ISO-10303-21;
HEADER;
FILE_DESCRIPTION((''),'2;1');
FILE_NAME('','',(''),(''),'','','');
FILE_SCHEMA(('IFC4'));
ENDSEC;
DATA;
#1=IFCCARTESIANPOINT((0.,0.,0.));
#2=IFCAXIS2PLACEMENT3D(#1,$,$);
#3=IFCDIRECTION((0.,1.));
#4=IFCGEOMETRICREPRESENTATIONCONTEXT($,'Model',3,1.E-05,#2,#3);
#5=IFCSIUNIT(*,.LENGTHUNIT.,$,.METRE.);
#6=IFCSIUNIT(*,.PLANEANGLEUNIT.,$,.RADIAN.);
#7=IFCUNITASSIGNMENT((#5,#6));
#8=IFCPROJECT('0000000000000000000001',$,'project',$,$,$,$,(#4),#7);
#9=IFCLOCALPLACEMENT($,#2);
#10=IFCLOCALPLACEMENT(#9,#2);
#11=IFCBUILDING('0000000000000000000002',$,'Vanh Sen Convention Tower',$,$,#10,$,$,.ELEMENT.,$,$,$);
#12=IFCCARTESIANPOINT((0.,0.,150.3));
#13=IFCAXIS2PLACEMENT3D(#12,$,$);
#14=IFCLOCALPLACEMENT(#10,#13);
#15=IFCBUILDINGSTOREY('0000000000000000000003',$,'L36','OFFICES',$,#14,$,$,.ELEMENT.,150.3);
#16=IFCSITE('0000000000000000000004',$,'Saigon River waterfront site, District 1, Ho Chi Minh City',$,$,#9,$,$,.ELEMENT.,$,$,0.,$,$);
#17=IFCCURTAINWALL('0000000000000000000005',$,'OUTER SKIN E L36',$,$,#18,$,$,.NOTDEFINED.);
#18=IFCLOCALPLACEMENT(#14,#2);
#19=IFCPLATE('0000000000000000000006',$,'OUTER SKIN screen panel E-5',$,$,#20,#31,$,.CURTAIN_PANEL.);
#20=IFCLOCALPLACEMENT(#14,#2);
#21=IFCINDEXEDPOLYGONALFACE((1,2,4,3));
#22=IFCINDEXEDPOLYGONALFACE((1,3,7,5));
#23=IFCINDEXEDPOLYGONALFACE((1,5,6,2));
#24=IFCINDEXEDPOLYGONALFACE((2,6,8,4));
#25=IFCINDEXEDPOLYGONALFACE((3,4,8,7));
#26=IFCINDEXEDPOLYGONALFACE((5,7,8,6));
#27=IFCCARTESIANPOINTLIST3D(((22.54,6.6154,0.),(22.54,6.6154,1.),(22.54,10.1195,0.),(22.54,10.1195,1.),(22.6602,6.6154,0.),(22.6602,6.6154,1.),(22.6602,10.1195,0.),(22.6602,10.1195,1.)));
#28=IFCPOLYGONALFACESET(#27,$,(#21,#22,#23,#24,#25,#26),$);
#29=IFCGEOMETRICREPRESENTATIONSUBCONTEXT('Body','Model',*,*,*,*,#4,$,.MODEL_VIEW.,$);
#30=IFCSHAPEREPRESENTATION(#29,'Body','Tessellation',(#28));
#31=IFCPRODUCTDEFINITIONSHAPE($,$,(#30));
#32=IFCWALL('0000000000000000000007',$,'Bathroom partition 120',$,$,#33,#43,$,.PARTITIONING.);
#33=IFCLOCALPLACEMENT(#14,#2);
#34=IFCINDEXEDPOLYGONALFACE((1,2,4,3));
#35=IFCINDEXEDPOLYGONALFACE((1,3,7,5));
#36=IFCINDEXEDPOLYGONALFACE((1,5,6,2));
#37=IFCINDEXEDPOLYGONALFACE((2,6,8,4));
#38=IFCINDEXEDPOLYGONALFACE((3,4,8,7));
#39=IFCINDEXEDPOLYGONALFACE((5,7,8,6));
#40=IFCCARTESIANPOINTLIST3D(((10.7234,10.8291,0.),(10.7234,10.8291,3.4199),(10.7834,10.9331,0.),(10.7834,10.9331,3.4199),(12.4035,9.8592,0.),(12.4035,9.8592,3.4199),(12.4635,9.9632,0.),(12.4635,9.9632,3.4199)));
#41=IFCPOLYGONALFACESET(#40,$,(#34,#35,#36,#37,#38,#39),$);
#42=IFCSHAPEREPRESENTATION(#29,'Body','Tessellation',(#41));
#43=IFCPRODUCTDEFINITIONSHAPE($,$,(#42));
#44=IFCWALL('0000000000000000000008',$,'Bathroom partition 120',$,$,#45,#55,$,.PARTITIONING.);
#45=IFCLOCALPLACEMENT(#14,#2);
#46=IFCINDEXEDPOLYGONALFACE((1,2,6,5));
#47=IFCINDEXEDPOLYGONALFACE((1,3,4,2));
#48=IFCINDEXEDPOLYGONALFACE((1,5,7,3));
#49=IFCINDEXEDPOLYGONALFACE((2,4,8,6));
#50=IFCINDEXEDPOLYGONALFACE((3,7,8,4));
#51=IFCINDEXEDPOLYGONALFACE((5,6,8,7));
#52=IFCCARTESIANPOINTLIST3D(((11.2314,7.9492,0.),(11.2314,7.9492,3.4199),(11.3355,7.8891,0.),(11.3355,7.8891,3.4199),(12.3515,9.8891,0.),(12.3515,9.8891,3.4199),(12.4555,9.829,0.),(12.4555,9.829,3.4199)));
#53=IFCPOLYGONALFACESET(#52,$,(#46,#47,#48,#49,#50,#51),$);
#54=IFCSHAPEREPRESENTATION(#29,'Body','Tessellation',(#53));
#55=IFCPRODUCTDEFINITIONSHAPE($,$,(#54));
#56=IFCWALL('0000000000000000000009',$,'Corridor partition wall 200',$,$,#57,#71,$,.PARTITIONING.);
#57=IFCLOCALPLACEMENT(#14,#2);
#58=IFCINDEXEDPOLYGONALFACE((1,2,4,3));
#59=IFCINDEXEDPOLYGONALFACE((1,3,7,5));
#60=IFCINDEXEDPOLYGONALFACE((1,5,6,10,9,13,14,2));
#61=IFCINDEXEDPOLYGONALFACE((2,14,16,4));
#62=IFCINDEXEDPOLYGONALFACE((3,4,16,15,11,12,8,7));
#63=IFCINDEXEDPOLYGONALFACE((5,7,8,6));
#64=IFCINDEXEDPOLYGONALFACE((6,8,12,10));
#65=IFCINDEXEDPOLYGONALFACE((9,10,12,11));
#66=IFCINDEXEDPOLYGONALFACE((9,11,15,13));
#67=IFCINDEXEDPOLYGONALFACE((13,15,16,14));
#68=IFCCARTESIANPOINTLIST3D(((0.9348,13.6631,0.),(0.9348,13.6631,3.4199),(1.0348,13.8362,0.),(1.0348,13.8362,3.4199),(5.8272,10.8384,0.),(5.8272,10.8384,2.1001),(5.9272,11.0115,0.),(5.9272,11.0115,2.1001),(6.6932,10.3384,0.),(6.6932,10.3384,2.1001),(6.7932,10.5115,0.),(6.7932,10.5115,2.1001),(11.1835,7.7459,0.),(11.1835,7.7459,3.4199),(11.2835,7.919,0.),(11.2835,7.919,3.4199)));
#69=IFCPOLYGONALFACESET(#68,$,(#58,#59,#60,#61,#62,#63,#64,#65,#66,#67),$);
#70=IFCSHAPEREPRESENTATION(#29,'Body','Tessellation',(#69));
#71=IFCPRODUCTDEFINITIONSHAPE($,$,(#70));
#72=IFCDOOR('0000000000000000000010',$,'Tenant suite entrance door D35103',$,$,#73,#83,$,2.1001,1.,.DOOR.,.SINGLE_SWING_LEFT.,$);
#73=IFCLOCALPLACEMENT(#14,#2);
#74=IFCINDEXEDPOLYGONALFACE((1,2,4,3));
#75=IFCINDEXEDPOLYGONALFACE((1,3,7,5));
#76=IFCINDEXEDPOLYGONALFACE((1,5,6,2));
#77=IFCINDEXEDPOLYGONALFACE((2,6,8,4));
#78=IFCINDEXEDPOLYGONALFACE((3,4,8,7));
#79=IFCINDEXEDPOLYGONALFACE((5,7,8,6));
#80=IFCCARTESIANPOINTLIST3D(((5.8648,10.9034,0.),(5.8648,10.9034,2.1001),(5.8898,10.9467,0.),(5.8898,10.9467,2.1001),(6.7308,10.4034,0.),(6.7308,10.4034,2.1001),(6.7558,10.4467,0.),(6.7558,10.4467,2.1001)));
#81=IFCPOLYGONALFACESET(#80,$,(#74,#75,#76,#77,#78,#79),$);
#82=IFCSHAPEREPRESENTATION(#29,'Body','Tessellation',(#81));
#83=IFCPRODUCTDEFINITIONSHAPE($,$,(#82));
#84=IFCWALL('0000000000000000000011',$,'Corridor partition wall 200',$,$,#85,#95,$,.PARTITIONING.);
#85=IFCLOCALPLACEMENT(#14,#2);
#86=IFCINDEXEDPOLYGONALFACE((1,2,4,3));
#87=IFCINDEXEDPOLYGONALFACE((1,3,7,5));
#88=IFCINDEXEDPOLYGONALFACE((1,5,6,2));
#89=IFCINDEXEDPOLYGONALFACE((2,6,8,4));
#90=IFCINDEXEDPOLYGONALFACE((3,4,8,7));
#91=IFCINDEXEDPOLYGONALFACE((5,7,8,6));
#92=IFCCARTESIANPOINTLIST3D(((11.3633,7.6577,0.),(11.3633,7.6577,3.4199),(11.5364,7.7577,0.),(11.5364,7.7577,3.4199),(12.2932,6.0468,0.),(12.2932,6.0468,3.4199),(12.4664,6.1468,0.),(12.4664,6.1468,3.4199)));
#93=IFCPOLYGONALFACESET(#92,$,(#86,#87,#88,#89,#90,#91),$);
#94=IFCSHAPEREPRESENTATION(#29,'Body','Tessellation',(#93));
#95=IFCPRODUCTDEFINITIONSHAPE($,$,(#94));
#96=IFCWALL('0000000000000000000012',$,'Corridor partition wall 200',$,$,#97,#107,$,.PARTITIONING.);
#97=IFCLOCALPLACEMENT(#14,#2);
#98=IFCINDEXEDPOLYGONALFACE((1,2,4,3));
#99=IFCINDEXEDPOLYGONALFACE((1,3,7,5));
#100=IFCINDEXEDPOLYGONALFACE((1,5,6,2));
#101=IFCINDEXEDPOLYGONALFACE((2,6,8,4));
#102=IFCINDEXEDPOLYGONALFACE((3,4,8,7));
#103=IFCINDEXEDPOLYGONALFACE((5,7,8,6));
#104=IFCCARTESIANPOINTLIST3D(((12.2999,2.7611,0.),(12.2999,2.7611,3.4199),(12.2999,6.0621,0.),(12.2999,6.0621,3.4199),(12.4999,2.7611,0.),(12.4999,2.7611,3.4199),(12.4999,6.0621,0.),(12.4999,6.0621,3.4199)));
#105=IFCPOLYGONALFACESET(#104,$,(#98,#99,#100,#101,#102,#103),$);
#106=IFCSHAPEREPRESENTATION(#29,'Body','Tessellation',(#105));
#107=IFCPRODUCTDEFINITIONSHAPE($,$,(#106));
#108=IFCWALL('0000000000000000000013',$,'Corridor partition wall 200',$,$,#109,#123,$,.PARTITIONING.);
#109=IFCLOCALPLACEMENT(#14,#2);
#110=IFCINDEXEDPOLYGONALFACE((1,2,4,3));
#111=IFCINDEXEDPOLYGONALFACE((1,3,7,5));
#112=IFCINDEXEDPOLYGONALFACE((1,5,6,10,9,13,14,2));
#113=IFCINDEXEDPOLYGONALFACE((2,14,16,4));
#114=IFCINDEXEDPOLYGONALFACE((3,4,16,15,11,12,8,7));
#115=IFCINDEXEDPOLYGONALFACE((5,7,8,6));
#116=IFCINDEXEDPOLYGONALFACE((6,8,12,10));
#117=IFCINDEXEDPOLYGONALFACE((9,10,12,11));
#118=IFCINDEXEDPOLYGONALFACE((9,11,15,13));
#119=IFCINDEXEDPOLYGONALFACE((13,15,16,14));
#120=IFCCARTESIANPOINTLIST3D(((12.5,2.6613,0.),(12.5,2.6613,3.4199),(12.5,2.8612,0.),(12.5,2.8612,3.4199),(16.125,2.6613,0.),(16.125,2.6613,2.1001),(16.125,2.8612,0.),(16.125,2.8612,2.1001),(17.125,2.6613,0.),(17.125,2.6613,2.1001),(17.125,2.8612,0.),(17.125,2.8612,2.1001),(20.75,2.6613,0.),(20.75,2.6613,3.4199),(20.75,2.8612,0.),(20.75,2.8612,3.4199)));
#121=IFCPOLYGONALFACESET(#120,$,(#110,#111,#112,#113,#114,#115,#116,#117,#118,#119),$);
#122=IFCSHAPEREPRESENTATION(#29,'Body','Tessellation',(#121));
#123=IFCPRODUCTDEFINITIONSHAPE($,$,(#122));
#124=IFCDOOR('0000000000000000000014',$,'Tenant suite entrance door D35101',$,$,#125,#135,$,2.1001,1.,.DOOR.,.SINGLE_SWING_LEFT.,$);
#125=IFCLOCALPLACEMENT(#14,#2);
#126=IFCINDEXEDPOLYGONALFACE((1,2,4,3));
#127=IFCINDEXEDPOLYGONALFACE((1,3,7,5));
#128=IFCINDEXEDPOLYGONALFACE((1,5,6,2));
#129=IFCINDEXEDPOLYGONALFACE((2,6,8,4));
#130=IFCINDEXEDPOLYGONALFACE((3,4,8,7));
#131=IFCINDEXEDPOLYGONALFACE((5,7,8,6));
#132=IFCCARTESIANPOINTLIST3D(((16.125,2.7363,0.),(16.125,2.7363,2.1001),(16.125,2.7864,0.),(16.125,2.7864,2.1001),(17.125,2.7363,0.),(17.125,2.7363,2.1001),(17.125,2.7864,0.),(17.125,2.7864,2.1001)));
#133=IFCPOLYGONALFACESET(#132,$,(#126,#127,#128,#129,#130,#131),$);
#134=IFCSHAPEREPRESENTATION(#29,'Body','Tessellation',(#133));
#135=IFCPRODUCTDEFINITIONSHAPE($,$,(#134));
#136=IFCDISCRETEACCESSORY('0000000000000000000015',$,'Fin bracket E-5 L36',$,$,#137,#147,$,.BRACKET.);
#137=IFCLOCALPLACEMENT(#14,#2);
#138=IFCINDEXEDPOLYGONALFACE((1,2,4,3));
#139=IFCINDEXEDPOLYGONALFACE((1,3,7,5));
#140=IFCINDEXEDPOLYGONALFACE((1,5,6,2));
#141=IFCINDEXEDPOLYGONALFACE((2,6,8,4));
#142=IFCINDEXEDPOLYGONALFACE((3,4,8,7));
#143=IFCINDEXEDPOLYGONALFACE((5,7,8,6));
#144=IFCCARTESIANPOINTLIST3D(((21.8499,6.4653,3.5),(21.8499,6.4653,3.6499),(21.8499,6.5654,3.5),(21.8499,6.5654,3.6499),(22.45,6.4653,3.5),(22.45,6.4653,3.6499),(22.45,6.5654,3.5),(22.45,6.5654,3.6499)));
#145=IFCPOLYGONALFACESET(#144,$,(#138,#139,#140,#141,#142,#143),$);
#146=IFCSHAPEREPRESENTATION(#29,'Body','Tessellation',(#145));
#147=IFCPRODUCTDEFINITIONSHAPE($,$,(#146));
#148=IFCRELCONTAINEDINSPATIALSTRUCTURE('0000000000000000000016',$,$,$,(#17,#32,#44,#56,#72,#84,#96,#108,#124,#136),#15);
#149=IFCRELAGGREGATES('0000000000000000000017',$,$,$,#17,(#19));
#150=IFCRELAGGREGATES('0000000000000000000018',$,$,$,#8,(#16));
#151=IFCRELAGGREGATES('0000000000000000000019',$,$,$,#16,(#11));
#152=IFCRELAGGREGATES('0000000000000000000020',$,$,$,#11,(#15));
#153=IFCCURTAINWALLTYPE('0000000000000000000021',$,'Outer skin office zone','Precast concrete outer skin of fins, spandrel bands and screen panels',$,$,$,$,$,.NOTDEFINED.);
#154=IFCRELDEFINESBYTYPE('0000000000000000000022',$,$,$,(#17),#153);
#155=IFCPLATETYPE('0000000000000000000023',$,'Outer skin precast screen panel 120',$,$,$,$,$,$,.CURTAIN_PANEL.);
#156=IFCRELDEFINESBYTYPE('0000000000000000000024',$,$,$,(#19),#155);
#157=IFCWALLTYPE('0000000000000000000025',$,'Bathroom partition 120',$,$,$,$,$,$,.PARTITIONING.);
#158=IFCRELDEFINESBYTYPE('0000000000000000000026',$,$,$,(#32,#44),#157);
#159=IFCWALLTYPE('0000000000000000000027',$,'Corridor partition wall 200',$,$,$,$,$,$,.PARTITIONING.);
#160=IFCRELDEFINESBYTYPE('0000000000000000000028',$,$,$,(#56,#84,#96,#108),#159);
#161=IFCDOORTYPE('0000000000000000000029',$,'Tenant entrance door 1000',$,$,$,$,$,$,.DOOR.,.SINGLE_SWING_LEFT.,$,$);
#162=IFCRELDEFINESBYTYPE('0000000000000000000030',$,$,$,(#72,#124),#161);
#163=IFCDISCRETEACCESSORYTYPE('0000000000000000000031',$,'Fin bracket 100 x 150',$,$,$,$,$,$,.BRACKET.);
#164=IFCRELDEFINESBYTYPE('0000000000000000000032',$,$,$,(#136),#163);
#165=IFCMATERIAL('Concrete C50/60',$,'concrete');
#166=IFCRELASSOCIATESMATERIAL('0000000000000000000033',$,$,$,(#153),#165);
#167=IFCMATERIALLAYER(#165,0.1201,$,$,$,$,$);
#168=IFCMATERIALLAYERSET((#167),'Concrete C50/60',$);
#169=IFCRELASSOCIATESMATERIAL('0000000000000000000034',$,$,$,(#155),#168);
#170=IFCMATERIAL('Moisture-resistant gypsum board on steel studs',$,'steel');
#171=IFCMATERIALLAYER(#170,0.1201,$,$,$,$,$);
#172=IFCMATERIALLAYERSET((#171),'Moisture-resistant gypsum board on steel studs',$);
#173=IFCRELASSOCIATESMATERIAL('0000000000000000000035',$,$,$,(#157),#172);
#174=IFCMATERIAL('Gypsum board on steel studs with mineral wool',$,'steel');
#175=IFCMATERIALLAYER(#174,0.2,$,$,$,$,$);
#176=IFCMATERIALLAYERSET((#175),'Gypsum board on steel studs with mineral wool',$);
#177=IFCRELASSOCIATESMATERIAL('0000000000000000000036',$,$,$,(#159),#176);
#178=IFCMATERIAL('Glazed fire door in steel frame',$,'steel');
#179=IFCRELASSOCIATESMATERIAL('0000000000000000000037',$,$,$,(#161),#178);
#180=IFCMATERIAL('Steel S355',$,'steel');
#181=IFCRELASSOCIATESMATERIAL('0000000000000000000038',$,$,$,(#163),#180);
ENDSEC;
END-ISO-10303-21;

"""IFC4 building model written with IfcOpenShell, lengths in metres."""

from ifc_helpers import new_model, si_unit, direction, frame, frame_2d, origin, origin_2d, place, context, subcontext, project, spatial, rectangle, extrude, material, layer, layer_set, type_object, element, fill, aggregate, save


model = new_model("IFC4")

# Units and contexts
model_context = context("Model", 3, precision=1e-05, world=origin(), true_north=direction((0.0, 1.0)))
body_context = subcontext(model_context, "Body", "Model", "MODEL_VIEW")
ifc_project = project(units=[si_unit("LENGTHUNIT", "METRE"), si_unit("PLANEANGLEUNIT", "RADIAN")], contexts=[model_context])

# Site, building, storey
site_placement = place(None, origin())
site = spatial("IfcSite", under=ifc_project, at=site_placement, Name="Saigon River waterfront site, District 1, Ho Chi Minh City", CompositionType="ELEMENT", RefElevation=0.0)
building_placement = place(site_placement, origin())
building = spatial("IfcBuilding", under=site, at=building_placement, Name="Vanh Sen Convention Tower", CompositionType="ELEMENT")
storey_placement = place(building_placement, frame((0.0, 0.0, 150.3)))
storey = spatial("IfcBuildingStorey", under=building, at=storey_placement, Name="L36", Description="OFFICES", CompositionType="ELEMENT", Elevation=150.3)

# Curtain wall
ifc_material_1 = material(Name="Concrete C50/60", Category="concrete")
curtain_wall_type = type_object("IfcCurtainWallType", Name="Outer skin office zone", Description="Precast concrete outer skin of fins, spandrel bands and screen panels", PredefinedType="NOTDEFINED", material=ifc_material_1)
curtain_wall_1_placement = place(storey_placement, origin())
curtain_wall_1 = element("IfcCurtainWall", 1, at=curtain_wall_1_placement, inside=storey, type_object=curtain_wall_type, Name="OUTER SKIN E L36", PredefinedType="NOTDEFINED")

# Plate
ifc_layer_1 = layer(ifc_material_1, 0.1201)
ifc_layer_set_1 = layer_set([ifc_layer_1], Name="Concrete C50/60")
plate_type = type_object("IfcPlateType", Name="Outer skin precast screen panel 120", PredefinedType="CURTAIN_PANEL", material=ifc_layer_set_1)
plate_1_placement = place(storey_placement, frame((22.6001, 8.3674, 0.0), z_axis=(0.0, 0.0, 1.0), x_axis=(0.0, 1.0, 0.0)))
plate_1 = element("IfcPlate", 2, at=plate_1_placement, type_object=plate_type, Name="OUTER SKIN screen panel E-5", PredefinedType="CURTAIN_PANEL", context=body_context, shape_type="SweptSolid", body=[
    extrude(rectangle(XDim=3.5042, YDim=0.1201, at=origin_2d()), origin(), (0.0, 0.0, 1.0), 1.0),
])
aggregate(curtain_wall_1, [plate_1])

# Walls
ifc_material_2 = material(Name="Moisture-resistant gypsum board on steel studs", Category="steel")
ifc_layer_2 = layer(ifc_material_2, 0.1201)
ifc_layer_set_2 = layer_set([ifc_layer_2], Name="Moisture-resistant gypsum board on steel studs")
wall_type_1 = type_object("IfcWallType", Name="Bathroom partition 120", PredefinedType="PARTITIONING", material=ifc_layer_set_2)
wall_1_placement = place(storey_placement, frame((10.7534, 10.8811, 0.0), z_axis=(0.0, 0.0, 1.0), x_axis=(0.866043, -0.499969, 0.0)))
element("IfcWall", 3, at=wall_1_placement, inside=storey, type_object=wall_type_1, Name="Bathroom partition 120", PredefinedType="PARTITIONING", context=body_context, shape_type="SweptSolid", body=[
    extrude(rectangle(XDim=1.9399, YDim=0.1201, at=frame_2d((0.97, 0.0))), origin(), (0.0, 0.0, 1.0), 3.4199),
])
wall_2_placement = place(storey_placement, frame((12.4036, 9.8591, 0.0), z_axis=(0.0, 0.0, 1.0), x_axis=(-0.500031, -0.866008, 0.0)))
element("IfcWall", 4, at=wall_2_placement, inside=storey, type_object=wall_type_1, Name="Bathroom partition 120", PredefinedType="PARTITIONING", context=body_context, shape_type="SweptSolid", body=[
    extrude(rectangle(XDim=2.24, YDim=0.1201, at=frame_2d((1.1201, 0.0))), origin(), (0.0, 0.0, 1.0), 3.4199),
])

# Wall, opening, door
ifc_material_3 = material(Name="Gypsum board on steel studs with mineral wool", Category="steel")
ifc_layer_3 = layer(ifc_material_3, 0.2)
ifc_layer_set_3 = layer_set([ifc_layer_3], Name="Gypsum board on steel studs with mineral wool")
wall_type_2 = type_object("IfcWallType", Name="Corridor partition wall 200", PredefinedType="PARTITIONING", material=ifc_layer_set_3)
wall_3_placement = place(storey_placement, frame((11.2334, 7.8325, 0.0), z_axis=(0.0, 0.0, 1.0), x_axis=(-0.866022, 0.500006, 0.0)))
wall_3 = element("IfcWall", 5, at=wall_3_placement, inside=storey, type_object=wall_type_2, Name="Corridor partition wall 200", PredefinedType="PARTITIONING", context=body_context, shape_type="SweptSolid", body=[
    extrude(rectangle(XDim=11.8342, YDim=0.2, at=frame_2d((5.917, 0.0))), origin(), (0.0, 0.0, 1.0), 3.4199),
])
opening_1_placement = place(wall_3_placement, frame((5.1848, 0.0, 0.0)))
opening_1 = element("IfcOpeningElement", 6, at=opening_1_placement, cuts=wall_3, PredefinedType="OPENING", context=body_context, shape_type="SweptSolid", body=[
    extrude(rectangle(XDim=1.0, YDim=2.1001, at=frame_2d((0.5, 1.05))), frame((0.0, 0.1099, 0.0), z_axis=(0.0, -1.0, 0.0), x_axis=(1.0, 0.0, 0.0)), (0.0, 0.0, 1.0), 0.22),
])
ifc_material_4 = material(Name="Glazed fire door in steel frame", Category="steel")
door_type = type_object("IfcDoorType", Name="Tenant entrance door 1000", OperationType="SINGLE_SWING_LEFT", PredefinedType="DOOR", material=ifc_material_4)
door_1_placement = place(opening_1_placement, origin())
door_1 = element("IfcDoor", 7, at=door_1_placement, inside=storey, type_object=door_type, Name="Tenant suite entrance door D35103", OperationType="SINGLE_SWING_LEFT", OverallHeight=2.1001, OverallWidth=1.0, PredefinedType="DOOR", context=body_context, shape_type="SweptSolid", body=[
    extrude(rectangle(XDim=1.0, YDim=2.1001, at=frame_2d((0.5, 1.05))), frame((0.0, 0.0249, 0.0), z_axis=(0.0, -1.0, 0.0), x_axis=(1.0, 0.0, 0.0)), (0.0, 0.0, 1.0), 0.05),
])
fill(opening_1, door_1)

# Walls
wall_4_placement = place(storey_placement, frame((12.3799, 6.0967, 0.0), z_axis=(0.0, 0.0, 1.0), x_axis=(-0.499965, 0.866046, 0.0)))
element("IfcWall", 8, at=wall_4_placement, inside=storey, type_object=wall_type_2, Name="Corridor partition wall 200", PredefinedType="PARTITIONING", context=body_context, shape_type="SweptSolid", body=[
    extrude(rectangle(XDim=1.8601, YDim=0.2, at=frame_2d((0.9302, 0.0))), origin(), (0.0, 0.0, 1.0), 3.4199),
])
wall_5_placement = place(storey_placement, frame((12.3999, 2.7612, 0.0), z_axis=(0.0, 0.0, 1.0), x_axis=(0.0, 1.0, 0.0)))
element("IfcWall", 9, at=wall_5_placement, inside=storey, type_object=wall_type_2, Name="Corridor partition wall 200", PredefinedType="PARTITIONING", context=body_context, shape_type="SweptSolid", body=[
    extrude(rectangle(XDim=3.301, YDim=0.2, at=frame_2d((1.6504, 0.0))), origin(), (0.0, 0.0, 1.0), 3.4199),
])

# Wall, opening, door
wall_6_placement = place(storey_placement, frame((20.75, 2.7612, 0.0), z_axis=(0.0, 0.0, 1.0), x_axis=(-1.0, 0.0, 0.0)))
wall_6 = element("IfcWall", 10, at=wall_6_placement, inside=storey, type_object=wall_type_2, Name="Corridor partition wall 200", PredefinedType="PARTITIONING", context=body_context, shape_type="SweptSolid", body=[
    extrude(rectangle(XDim=8.25, YDim=0.2, at=frame_2d((4.125, 0.0))), origin(), (0.0, 0.0, 1.0), 3.4199),
])
opening_2_placement = place(wall_6_placement, frame((3.625, 0.0, 0.0)))
opening_2 = element("IfcOpeningElement", 11, at=opening_2_placement, cuts=wall_6, PredefinedType="OPENING", context=body_context, shape_type="SweptSolid", body=[
    extrude(rectangle(XDim=1.0, YDim=2.1001, at=frame_2d((0.5, 1.05))), frame((0.0, 0.1099, 0.0), z_axis=(0.0, -1.0, 0.0), x_axis=(1.0, 0.0, 0.0)), (0.0, 0.0, 1.0), 0.22),
])
door_2_placement = place(opening_2_placement, origin())
door_2 = element("IfcDoor", 12, at=door_2_placement, inside=storey, type_object=door_type, Name="Tenant suite entrance door D35101", OperationType="SINGLE_SWING_LEFT", OverallHeight=2.1001, OverallWidth=1.0, PredefinedType="DOOR", context=body_context, shape_type="SweptSolid", body=[
    extrude(rectangle(XDim=1.0, YDim=2.1001, at=frame_2d((0.5, 1.05))), frame((0.0, 0.0249, 0.0), z_axis=(0.0, -1.0, 0.0), x_axis=(1.0, 0.0, 0.0)), (0.0, 0.0, 1.0), 0.05),
])
fill(opening_2, door_2)

# Discrete accessory
ifc_material_5 = material(Name="Steel S355", Category="steel")
discrete_accessory_type = type_object("IfcDiscreteAccessoryType", Name="Fin bracket 100 x 150", PredefinedType="BRACKET", material=ifc_material_5)
discrete_accessory_placement = place(storey_placement, frame((22.1499, 6.5154, 3.5), z_axis=(0.0, 0.0, 1.0), x_axis=(1.0, 0.0, 0.0)))
element("IfcDiscreteAccessory", 13, at=discrete_accessory_placement, inside=storey, type_object=discrete_accessory_type, Name="Fin bracket E-5 L36", PredefinedType="BRACKET", context=body_context, shape_type="SweptSolid", body=[
    extrude(rectangle(XDim=0.6001, YDim=0.1001, at=origin_2d()), origin(), (0.0, 0.0, 1.0), 0.1499),
])

save(model, "model.ifc")
